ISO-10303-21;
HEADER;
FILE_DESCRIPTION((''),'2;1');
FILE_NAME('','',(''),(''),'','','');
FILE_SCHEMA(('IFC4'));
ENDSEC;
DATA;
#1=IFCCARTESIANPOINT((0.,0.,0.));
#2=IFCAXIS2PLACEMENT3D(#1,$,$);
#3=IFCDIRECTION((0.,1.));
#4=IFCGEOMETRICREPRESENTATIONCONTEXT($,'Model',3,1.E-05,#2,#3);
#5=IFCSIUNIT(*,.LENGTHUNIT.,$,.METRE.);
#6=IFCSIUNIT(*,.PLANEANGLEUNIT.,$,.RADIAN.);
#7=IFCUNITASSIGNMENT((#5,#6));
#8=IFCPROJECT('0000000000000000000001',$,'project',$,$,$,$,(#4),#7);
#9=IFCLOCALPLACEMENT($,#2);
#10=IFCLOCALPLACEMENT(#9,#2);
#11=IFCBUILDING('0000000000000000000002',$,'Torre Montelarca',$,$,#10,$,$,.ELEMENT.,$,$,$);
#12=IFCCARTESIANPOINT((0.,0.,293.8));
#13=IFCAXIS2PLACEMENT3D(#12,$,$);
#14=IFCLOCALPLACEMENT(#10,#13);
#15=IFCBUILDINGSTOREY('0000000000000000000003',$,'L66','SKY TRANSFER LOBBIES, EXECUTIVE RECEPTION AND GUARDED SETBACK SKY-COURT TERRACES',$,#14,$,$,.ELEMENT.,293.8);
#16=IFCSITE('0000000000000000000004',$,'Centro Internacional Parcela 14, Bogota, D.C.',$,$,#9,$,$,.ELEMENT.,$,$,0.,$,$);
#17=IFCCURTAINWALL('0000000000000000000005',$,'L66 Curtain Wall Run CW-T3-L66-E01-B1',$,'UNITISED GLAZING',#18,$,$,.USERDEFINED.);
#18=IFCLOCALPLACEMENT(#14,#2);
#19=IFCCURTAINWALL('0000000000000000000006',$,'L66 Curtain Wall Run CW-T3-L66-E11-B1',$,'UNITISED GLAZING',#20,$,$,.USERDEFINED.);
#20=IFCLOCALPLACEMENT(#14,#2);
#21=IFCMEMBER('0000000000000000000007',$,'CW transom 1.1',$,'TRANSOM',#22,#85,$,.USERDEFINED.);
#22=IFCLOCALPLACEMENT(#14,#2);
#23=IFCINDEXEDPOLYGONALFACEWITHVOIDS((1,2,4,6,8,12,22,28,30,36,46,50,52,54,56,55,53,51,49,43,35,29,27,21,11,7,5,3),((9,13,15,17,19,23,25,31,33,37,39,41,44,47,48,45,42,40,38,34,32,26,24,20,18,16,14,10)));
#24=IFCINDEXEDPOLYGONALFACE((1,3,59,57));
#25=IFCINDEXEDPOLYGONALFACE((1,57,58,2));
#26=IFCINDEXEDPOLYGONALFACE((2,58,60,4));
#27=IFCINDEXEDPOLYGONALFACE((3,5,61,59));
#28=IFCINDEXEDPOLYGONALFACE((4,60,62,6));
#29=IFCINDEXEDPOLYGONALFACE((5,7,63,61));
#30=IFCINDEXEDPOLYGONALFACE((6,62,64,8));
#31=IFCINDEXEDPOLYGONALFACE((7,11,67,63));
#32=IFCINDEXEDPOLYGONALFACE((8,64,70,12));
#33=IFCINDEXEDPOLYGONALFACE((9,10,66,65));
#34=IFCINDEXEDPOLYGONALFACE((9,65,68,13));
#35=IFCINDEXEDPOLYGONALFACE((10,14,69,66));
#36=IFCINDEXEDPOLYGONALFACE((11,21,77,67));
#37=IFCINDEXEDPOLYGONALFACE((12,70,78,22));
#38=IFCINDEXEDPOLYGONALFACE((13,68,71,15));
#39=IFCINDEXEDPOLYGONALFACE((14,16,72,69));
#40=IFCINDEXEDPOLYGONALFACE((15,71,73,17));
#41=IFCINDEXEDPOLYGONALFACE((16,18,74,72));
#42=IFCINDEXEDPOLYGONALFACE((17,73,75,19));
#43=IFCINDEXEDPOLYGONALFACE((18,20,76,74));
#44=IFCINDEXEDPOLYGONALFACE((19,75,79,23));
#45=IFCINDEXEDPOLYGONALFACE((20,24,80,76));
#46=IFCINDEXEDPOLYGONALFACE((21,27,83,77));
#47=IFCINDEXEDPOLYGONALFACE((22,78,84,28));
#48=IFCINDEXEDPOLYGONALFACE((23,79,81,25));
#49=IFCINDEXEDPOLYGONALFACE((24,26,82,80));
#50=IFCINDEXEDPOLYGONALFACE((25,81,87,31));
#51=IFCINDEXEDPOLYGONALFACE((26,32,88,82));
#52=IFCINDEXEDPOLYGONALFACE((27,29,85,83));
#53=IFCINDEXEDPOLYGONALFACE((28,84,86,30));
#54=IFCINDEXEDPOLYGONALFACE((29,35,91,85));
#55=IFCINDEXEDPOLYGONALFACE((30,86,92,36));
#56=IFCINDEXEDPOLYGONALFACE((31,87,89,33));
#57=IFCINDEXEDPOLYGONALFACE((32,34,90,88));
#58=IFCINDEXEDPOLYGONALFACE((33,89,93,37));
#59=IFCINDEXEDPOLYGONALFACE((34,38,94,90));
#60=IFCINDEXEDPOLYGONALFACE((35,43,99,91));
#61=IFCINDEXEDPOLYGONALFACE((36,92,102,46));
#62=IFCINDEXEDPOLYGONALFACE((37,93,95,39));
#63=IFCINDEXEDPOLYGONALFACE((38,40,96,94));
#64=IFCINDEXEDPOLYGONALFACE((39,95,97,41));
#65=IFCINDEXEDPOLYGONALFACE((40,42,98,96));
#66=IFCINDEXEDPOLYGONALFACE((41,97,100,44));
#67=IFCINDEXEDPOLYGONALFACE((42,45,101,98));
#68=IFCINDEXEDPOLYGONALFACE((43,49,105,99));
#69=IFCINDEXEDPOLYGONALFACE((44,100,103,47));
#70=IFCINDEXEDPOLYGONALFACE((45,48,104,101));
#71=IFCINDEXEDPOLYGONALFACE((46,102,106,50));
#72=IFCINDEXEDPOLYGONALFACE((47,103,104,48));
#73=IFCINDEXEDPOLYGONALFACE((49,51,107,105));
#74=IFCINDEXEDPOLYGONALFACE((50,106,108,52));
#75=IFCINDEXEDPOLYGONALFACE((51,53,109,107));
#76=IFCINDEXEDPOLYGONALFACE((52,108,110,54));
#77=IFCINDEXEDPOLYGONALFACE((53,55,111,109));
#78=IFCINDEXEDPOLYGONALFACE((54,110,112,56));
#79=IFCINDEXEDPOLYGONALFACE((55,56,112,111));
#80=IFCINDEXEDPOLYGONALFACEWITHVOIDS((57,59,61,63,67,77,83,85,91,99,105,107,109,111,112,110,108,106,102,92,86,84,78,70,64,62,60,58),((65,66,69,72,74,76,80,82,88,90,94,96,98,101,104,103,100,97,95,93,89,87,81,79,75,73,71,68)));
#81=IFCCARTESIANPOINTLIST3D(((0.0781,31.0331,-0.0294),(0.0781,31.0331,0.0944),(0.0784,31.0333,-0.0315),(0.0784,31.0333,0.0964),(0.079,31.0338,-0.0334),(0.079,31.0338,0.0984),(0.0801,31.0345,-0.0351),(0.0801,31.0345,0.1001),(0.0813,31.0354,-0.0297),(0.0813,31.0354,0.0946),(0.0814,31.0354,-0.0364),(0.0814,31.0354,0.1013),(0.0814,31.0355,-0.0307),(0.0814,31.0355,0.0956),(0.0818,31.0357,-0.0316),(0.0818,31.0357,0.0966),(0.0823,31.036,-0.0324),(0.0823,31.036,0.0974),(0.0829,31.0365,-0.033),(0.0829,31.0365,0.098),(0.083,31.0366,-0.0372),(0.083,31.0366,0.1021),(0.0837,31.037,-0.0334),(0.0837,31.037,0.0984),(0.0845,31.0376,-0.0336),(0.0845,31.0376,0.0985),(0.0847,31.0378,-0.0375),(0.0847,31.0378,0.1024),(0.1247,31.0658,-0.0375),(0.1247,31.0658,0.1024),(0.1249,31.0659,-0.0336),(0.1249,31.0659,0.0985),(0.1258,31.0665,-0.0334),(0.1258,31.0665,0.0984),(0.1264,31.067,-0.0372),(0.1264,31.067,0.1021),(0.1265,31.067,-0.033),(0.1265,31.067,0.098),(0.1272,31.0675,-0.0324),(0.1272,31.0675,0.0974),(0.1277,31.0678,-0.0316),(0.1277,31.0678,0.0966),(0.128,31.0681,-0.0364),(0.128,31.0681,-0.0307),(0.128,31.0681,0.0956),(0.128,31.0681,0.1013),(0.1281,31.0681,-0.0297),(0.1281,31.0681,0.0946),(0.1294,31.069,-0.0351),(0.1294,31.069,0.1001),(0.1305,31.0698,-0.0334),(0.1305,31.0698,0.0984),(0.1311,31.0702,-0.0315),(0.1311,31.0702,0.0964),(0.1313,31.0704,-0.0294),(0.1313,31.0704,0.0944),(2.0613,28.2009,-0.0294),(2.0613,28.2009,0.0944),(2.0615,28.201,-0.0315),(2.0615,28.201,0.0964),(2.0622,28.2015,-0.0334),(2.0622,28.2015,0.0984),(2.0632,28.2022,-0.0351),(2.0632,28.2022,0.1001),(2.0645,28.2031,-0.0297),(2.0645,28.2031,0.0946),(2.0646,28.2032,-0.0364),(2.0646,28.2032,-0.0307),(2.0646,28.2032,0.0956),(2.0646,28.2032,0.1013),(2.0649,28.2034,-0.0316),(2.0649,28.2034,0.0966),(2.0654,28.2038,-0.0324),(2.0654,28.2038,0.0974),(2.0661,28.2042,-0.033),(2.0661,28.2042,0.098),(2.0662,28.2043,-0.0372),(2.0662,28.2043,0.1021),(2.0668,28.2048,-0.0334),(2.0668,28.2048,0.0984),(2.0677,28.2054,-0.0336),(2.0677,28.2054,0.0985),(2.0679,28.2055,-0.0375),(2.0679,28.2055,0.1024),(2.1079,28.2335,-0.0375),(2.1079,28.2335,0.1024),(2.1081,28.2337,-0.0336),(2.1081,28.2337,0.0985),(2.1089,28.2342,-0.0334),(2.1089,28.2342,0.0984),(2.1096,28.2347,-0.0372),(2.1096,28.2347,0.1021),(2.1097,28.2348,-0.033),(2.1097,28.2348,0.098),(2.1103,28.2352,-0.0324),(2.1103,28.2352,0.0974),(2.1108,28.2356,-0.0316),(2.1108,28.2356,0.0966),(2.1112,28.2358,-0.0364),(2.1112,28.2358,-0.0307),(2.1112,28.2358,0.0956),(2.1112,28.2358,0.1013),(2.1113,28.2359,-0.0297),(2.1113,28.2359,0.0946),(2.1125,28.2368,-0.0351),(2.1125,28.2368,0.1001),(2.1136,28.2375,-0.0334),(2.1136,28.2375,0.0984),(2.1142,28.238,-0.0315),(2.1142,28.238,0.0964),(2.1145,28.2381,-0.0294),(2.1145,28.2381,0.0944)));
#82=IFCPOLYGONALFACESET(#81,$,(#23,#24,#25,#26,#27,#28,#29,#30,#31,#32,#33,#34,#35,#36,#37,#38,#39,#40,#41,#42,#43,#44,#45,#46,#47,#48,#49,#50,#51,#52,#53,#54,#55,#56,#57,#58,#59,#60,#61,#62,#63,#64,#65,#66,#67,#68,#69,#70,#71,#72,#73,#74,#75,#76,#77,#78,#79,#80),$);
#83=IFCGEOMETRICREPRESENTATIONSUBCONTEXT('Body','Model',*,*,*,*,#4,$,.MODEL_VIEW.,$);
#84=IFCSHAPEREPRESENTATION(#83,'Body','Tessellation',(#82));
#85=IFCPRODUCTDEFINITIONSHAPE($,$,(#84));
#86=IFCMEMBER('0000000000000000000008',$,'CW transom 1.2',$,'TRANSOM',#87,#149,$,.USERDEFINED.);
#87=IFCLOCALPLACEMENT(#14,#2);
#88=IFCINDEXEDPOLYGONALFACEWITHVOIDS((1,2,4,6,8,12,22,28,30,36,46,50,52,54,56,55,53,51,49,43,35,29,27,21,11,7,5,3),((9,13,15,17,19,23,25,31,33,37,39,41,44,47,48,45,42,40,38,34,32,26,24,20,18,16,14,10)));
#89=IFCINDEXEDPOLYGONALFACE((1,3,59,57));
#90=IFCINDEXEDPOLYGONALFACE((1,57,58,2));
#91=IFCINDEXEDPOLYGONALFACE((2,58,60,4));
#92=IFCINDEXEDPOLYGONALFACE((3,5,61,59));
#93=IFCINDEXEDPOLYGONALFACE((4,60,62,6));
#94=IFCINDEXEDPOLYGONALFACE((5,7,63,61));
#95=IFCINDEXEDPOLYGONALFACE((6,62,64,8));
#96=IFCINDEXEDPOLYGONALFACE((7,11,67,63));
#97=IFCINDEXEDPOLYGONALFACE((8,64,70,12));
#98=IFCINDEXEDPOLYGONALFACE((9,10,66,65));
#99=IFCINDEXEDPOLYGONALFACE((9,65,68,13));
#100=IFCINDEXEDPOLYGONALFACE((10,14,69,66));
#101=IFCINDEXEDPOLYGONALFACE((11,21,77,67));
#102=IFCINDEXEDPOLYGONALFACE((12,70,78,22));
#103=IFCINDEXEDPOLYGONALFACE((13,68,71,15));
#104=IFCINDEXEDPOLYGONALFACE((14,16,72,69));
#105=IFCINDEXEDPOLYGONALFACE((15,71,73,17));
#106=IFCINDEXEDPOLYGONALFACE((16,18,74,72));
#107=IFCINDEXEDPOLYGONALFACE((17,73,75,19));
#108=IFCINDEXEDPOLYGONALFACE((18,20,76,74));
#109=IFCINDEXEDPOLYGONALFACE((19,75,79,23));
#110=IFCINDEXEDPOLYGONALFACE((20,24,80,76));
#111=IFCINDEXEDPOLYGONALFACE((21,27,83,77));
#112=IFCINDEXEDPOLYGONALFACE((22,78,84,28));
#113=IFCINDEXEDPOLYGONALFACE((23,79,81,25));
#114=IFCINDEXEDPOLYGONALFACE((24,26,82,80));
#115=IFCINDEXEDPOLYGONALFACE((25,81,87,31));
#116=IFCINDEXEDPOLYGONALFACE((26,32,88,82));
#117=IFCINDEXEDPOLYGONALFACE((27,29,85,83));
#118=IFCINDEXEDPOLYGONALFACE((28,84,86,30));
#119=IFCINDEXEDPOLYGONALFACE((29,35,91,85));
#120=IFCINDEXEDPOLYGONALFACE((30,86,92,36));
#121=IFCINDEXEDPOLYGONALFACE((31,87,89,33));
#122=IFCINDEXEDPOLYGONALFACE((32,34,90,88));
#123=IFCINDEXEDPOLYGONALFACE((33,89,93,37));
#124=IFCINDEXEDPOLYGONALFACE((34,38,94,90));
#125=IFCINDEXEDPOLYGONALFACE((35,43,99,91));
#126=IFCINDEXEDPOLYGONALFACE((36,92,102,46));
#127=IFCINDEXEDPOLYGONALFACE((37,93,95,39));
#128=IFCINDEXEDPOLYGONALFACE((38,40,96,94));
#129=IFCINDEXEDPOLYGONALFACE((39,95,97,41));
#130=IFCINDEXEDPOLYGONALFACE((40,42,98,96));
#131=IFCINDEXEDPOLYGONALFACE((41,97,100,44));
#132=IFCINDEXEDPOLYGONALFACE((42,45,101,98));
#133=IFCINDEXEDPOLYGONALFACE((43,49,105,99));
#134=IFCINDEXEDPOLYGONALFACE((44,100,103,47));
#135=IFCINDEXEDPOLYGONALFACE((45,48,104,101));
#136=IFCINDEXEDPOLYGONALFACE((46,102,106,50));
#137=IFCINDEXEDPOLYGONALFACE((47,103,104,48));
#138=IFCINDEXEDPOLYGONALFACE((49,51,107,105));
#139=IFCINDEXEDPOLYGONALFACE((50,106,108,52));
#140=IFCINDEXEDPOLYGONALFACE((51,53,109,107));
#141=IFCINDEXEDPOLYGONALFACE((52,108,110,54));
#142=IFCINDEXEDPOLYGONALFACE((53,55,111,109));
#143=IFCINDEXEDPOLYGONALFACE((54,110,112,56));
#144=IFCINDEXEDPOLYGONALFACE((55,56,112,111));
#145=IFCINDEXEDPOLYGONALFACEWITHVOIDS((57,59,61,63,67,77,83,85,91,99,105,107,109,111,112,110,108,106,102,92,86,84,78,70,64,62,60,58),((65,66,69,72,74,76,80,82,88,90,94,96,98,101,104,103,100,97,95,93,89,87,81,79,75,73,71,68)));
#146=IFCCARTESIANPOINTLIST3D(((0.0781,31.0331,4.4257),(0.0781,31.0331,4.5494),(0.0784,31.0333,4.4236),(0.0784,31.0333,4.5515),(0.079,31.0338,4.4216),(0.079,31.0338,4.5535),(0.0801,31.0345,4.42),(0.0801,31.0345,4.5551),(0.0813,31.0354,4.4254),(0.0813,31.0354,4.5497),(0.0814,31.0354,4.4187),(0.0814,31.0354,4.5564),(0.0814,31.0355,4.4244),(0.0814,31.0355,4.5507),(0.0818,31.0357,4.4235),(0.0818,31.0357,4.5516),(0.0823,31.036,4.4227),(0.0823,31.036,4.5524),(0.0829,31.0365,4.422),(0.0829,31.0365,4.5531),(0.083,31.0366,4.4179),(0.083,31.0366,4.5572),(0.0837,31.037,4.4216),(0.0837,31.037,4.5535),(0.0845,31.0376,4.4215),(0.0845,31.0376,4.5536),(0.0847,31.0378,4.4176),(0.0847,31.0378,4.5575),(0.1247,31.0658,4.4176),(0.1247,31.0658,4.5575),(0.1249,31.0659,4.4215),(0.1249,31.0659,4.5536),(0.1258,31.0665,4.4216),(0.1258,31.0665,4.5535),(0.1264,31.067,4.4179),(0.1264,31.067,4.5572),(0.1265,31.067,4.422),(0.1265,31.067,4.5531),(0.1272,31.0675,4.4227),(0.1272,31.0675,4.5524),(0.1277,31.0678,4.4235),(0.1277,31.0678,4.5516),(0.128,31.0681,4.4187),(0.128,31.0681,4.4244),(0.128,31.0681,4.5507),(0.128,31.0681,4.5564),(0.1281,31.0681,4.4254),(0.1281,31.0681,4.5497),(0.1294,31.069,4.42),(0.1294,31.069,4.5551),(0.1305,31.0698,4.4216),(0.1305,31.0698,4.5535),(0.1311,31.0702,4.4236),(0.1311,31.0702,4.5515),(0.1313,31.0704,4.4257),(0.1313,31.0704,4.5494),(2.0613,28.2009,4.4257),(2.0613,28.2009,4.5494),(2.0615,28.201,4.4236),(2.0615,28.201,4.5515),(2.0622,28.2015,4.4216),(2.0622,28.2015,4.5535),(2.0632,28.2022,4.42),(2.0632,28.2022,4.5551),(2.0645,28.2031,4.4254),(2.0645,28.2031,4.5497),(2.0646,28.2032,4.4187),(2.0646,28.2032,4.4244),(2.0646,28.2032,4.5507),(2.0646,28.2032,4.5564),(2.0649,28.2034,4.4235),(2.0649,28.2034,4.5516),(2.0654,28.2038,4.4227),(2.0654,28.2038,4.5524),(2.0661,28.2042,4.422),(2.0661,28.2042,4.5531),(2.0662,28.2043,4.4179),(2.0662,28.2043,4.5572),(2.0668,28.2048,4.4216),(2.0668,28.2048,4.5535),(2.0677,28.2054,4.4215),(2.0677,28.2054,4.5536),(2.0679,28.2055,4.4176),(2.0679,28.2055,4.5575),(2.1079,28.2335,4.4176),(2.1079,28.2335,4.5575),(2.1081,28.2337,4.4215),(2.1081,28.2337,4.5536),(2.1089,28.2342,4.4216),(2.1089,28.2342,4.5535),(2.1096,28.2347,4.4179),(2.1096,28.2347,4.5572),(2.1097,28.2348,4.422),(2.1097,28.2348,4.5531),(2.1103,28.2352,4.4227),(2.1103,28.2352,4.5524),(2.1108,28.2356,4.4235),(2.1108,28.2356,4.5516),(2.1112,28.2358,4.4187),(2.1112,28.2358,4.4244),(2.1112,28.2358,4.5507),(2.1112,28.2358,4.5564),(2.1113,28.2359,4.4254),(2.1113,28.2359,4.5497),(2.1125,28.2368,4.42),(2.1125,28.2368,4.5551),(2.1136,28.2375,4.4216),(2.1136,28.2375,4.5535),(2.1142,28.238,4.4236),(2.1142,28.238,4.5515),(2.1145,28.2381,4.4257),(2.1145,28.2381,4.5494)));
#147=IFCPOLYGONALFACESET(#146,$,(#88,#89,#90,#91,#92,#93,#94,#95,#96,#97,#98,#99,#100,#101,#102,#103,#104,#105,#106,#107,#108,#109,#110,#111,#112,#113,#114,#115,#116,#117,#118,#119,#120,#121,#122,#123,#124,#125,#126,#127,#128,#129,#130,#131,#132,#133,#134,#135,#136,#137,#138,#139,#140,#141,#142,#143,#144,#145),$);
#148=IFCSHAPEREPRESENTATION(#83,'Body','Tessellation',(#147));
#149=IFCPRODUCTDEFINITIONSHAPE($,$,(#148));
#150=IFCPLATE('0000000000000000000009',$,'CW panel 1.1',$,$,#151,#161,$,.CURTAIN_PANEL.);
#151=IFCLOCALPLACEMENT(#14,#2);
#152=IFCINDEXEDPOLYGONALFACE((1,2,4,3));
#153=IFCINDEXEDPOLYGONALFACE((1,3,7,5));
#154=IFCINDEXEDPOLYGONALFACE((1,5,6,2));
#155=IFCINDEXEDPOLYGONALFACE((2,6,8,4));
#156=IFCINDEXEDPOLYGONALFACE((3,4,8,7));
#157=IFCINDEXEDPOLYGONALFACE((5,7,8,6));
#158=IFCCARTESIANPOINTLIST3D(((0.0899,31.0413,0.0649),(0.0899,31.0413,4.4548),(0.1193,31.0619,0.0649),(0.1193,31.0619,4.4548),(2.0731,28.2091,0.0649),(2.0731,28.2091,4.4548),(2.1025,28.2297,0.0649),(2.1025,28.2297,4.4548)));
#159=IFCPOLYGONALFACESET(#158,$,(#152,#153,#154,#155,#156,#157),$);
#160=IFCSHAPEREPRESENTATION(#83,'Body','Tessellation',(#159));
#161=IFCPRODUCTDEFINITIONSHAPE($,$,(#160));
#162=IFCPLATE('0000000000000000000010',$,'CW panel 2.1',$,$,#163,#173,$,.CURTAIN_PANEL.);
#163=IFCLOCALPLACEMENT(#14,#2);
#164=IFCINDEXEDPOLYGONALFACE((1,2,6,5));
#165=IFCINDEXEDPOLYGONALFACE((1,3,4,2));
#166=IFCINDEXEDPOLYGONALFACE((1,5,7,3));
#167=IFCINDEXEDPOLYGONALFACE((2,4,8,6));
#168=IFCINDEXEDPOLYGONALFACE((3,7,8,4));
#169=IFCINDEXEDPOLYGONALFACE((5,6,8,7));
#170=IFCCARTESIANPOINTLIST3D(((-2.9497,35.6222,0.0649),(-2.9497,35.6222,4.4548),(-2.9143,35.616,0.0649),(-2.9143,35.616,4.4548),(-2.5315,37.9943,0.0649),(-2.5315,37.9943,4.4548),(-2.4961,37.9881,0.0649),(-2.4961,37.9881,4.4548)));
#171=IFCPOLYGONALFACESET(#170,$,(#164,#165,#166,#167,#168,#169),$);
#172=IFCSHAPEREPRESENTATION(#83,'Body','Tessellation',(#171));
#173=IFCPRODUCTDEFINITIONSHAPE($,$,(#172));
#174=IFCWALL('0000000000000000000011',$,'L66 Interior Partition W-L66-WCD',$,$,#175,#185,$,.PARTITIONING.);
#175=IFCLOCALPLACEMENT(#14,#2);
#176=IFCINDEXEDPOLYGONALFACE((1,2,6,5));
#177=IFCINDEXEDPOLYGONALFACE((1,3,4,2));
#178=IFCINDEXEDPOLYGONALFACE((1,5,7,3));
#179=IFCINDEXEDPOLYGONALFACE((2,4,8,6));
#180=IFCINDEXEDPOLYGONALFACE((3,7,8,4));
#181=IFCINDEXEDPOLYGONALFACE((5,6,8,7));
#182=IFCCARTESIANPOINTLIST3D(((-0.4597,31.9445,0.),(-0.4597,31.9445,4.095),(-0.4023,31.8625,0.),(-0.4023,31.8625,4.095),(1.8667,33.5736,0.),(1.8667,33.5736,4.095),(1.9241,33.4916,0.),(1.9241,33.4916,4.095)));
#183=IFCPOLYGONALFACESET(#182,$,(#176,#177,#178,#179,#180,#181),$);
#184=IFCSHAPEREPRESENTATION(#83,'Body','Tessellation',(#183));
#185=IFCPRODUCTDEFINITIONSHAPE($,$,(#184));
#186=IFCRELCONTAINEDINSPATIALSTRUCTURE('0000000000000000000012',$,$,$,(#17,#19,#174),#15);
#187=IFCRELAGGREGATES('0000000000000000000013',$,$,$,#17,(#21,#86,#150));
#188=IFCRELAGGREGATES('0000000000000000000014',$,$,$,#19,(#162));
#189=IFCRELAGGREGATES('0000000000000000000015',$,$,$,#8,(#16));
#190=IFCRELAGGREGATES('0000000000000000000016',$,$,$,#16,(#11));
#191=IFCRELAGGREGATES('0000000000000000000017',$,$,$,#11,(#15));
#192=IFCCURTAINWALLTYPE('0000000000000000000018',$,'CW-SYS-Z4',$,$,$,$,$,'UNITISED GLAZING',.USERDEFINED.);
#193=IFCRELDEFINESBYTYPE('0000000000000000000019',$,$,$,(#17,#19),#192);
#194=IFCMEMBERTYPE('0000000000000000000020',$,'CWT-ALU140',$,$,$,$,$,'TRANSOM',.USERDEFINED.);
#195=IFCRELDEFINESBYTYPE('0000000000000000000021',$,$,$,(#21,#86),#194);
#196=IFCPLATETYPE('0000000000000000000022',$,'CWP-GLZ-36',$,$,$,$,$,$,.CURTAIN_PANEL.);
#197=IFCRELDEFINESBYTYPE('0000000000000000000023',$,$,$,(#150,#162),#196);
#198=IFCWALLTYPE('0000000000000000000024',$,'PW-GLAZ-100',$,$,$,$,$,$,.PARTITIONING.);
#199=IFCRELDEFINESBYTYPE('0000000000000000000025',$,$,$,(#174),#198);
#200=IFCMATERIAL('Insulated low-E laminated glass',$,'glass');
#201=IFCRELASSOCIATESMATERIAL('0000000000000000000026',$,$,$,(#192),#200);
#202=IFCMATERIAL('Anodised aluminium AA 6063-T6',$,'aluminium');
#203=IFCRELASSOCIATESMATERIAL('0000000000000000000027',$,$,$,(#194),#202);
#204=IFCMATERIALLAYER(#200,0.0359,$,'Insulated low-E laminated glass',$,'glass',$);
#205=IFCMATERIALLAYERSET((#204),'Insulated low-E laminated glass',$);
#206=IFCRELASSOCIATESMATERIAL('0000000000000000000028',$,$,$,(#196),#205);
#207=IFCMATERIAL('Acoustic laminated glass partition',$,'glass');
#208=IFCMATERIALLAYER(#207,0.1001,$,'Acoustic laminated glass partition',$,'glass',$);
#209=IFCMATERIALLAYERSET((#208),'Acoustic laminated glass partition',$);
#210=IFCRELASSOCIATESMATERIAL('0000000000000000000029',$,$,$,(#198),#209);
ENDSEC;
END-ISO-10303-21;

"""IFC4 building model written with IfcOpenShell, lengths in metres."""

from ifc_helpers import new_model, si_unit, direction, frame, frame_2d, origin, origin_2d, place, context, subcontext, project, spatial, rectangle, hollow_rectangle, extrude, source, transform, mapped, material, layer, layer_set, material_profile, profile_set, type_object, element, aggregate, save


model = new_model("IFC4")

# Units and contexts
model_context = context("Model", 3, precision=1e-05, world=origin(), true_north=direction((0.0, 1.0)))
body_context = subcontext(model_context, "Body", "Model", "MODEL_VIEW")
ifc_project = project(units=[si_unit("LENGTHUNIT", "METRE"), si_unit("PLANEANGLEUNIT", "RADIAN")], contexts=[model_context])

# Site, building, storey
site_placement = place(None, origin())
site = spatial("IfcSite", under=ifc_project, at=site_placement, Name="Centro Internacional Parcela 14, Bogota, D.C.", CompositionType="ELEMENT", RefElevation=0.0)
building_placement = place(site_placement, origin())
building = spatial("IfcBuilding", under=site, at=building_placement, Name="Torre Montelarca", CompositionType="ELEMENT")
storey_placement = place(building_placement, frame((0.0, 0.0, 293.8)))
storey = spatial("IfcBuildingStorey", under=building, at=storey_placement, Name="L66", Description="SKY TRANSFER LOBBIES, EXECUTIVE RECEPTION AND GUARDED SETBACK SKY-COURT TERRACES", CompositionType="ELEMENT", Elevation=293.8)

# Curtain walls
ifc_material_1 = material(Name="Insulated low-E laminated glass", Category="glass")
curtain_wall_type = type_object("IfcCurtainWallType", Name="CW-SYS-Z4", ElementType="UNITISED GLAZING", PredefinedType="USERDEFINED", material=ifc_material_1)
curtain_wall_1_placement = place(storey_placement, origin())
curtain_wall_1 = element("IfcCurtainWall", 1, at=curtain_wall_1_placement, inside=storey, type_object=curtain_wall_type, Name="L66 Curtain Wall Run CW-T3-L66-E01-B1", ObjectType="UNITISED GLAZING", PredefinedType="USERDEFINED")
ifc_material_2 = material(Name="Anodised aluminium AA 6063-T6", Category="aluminium")
curtain_wall_2_placement = place(storey_placement, origin())
curtain_wall_2 = element("IfcCurtainWall", 2, at=curtain_wall_2_placement, inside=storey, type_object=curtain_wall_type, Name="L66 Curtain Wall Run CW-T3-L66-E11-B1", ObjectType="UNITISED GLAZING", PredefinedType="USERDEFINED")

# Members
ifc_material_profile_1 = material_profile(ifc_material_2, hollow_rectangle(XDim=0.0649, YDim=0.1399, WallThickness=0.0039, InnerFilletRadius=0.0039, OuterFilletRadius=0.0081, at=origin_2d()), Name="ALU65X140X4", Category="aluminium")
ifc_profile_set_1 = profile_set([ifc_material_profile_1], Name="Anodised aluminium AA 6063-T6")
member_type_1 = type_object("IfcMemberType", Name="CWT-ALU140", ElementType="TRANSOM", PredefinedType="USERDEFINED", material=ifc_profile_set_1)
shared_shape_1 = source(origin(), body_context, "Body", "SweptSolid", [
    extrude(hollow_rectangle(XDim=0.0649, YDim=0.1399, WallThickness=0.0039, InnerFilletRadius=0.0039, OuterFilletRadius=0.0081, at=origin_2d()), origin(), (0.0, 0.0, 1.0), 3.4575),
])
member_1_placement = place(storey_placement, frame((0.1047, 31.0518, 0.0325), z_axis=(0.573571, -0.819156, 0.0), x_axis=(0.819156, 0.573571, 0.0)))
member_1 = element("IfcMember", 3, at=member_1_placement, type_object=member_type_1, Name="CW transom 1.1", ObjectType="TRANSOM", PredefinedType="USERDEFINED", context=body_context, shape_type="MappedRepresentation", body=[
    mapped(shared_shape_1, transform((0.0, 0.0, 0.0), scale=1.0)),
])
member_2_placement = place(storey_placement, frame((0.1047, 31.0518, 4.4875), z_axis=(0.573571, -0.819156, 0.0), x_axis=(0.819156, 0.573571, 0.0)))
member_2 = element("IfcMember", 4, at=member_2_placement, type_object=member_type_1, Name="CW transom 1.2", ObjectType="TRANSOM", PredefinedType="USERDEFINED", context=body_context, shape_type="MappedRepresentation", body=[
    mapped(shared_shape_1, transform((0.0, 0.0, 0.0), scale=1.0)),
])

# Plates
ifc_layer_1 = layer(ifc_material_1, 0.0359, Name="Insulated low-E laminated glass", Category="glass")
ifc_layer_set_1 = layer_set([ifc_layer_1], Name="Insulated low-E laminated glass")
plate_type = type_object("IfcPlateType", Name="CWP-GLZ-36", PredefinedType="CURTAIN_PANEL", material=ifc_layer_set_1)
shared_shape_2 = source(origin(), body_context, "Body", "SweptSolid", [
    extrude(rectangle(XDim=3.4575, YDim=0.0359, at=origin_2d()), origin(), (0.0, 0.0, 1.0), 4.3899),
])
plate_1_placement = place(storey_placement, frame((1.0962, 29.6355, 0.0649), z_axis=(0.0, 0.0, 1.0), x_axis=(0.573569, -0.819157, 0.0)))
plate_1 = element("IfcPlate", 5, at=plate_1_placement, type_object=plate_type, Name="CW panel 1.1", PredefinedType="CURTAIN_PANEL", context=body_context, shape_type="MappedRepresentation", body=[
    mapped(shared_shape_2, transform((0.0, 0.0, 0.0), scale=1.0)),
])
aggregate(curtain_wall_1, [member_1, member_2, plate_1])
shared_shape_3 = source(origin(), body_context, "Body", "SweptSolid", [
    extrude(rectangle(XDim=2.4087, YDim=0.0359, at=origin_2d()), origin(), (0.0, 0.0, 1.0), 4.3899),
])
plate_2_placement = place(storey_placement, frame((-2.7229, 36.8052, 0.0649), z_axis=(0.0, 0.0, 1.0), x_axis=(-0.173635, -0.98481, 0.0)))
plate_2 = element("IfcPlate", 6, at=plate_2_placement, type_object=plate_type, Name="CW panel 2.1", PredefinedType="CURTAIN_PANEL", context=body_context, shape_type="MappedRepresentation", body=[
    mapped(shared_shape_3, transform((0.0, 0.0, 0.0), scale=1.0)),
])
aggregate(curtain_wall_2, [plate_2])

# Wall
ifc_material_3 = material(Name="Acoustic laminated glass partition", Category="glass")
ifc_layer_2 = layer(ifc_material_3, 0.1001, Name="Acoustic laminated glass partition", Category="glass")
ifc_layer_set_2 = layer_set([ifc_layer_2], Name="Acoustic laminated glass partition")
wall_type_1 = type_object("IfcWallType", Name="PW-GLAZ-100", PredefinedType="PARTITIONING", material=ifc_layer_set_2)
wall_1_placement = place(storey_placement, frame((-0.4309, 31.9036, 0.0), z_axis=(0.0, 0.0, 1.0), x_axis=(0.819123, 0.573618, 0.0)))
element("IfcWall", 7, at=wall_1_placement, inside=storey, type_object=wall_type_1, Name="L66 Interior Partition W-L66-WCD", PredefinedType="PARTITIONING", context=body_context, shape_type="SweptSolid", body=[
    extrude(rectangle(XDim=2.8401, YDim=0.1001, at=frame_2d((1.4199, 0.0))), origin(), (0.0, 0.0, 1.0), 4.095),
])

save(model, "model.ifc")
